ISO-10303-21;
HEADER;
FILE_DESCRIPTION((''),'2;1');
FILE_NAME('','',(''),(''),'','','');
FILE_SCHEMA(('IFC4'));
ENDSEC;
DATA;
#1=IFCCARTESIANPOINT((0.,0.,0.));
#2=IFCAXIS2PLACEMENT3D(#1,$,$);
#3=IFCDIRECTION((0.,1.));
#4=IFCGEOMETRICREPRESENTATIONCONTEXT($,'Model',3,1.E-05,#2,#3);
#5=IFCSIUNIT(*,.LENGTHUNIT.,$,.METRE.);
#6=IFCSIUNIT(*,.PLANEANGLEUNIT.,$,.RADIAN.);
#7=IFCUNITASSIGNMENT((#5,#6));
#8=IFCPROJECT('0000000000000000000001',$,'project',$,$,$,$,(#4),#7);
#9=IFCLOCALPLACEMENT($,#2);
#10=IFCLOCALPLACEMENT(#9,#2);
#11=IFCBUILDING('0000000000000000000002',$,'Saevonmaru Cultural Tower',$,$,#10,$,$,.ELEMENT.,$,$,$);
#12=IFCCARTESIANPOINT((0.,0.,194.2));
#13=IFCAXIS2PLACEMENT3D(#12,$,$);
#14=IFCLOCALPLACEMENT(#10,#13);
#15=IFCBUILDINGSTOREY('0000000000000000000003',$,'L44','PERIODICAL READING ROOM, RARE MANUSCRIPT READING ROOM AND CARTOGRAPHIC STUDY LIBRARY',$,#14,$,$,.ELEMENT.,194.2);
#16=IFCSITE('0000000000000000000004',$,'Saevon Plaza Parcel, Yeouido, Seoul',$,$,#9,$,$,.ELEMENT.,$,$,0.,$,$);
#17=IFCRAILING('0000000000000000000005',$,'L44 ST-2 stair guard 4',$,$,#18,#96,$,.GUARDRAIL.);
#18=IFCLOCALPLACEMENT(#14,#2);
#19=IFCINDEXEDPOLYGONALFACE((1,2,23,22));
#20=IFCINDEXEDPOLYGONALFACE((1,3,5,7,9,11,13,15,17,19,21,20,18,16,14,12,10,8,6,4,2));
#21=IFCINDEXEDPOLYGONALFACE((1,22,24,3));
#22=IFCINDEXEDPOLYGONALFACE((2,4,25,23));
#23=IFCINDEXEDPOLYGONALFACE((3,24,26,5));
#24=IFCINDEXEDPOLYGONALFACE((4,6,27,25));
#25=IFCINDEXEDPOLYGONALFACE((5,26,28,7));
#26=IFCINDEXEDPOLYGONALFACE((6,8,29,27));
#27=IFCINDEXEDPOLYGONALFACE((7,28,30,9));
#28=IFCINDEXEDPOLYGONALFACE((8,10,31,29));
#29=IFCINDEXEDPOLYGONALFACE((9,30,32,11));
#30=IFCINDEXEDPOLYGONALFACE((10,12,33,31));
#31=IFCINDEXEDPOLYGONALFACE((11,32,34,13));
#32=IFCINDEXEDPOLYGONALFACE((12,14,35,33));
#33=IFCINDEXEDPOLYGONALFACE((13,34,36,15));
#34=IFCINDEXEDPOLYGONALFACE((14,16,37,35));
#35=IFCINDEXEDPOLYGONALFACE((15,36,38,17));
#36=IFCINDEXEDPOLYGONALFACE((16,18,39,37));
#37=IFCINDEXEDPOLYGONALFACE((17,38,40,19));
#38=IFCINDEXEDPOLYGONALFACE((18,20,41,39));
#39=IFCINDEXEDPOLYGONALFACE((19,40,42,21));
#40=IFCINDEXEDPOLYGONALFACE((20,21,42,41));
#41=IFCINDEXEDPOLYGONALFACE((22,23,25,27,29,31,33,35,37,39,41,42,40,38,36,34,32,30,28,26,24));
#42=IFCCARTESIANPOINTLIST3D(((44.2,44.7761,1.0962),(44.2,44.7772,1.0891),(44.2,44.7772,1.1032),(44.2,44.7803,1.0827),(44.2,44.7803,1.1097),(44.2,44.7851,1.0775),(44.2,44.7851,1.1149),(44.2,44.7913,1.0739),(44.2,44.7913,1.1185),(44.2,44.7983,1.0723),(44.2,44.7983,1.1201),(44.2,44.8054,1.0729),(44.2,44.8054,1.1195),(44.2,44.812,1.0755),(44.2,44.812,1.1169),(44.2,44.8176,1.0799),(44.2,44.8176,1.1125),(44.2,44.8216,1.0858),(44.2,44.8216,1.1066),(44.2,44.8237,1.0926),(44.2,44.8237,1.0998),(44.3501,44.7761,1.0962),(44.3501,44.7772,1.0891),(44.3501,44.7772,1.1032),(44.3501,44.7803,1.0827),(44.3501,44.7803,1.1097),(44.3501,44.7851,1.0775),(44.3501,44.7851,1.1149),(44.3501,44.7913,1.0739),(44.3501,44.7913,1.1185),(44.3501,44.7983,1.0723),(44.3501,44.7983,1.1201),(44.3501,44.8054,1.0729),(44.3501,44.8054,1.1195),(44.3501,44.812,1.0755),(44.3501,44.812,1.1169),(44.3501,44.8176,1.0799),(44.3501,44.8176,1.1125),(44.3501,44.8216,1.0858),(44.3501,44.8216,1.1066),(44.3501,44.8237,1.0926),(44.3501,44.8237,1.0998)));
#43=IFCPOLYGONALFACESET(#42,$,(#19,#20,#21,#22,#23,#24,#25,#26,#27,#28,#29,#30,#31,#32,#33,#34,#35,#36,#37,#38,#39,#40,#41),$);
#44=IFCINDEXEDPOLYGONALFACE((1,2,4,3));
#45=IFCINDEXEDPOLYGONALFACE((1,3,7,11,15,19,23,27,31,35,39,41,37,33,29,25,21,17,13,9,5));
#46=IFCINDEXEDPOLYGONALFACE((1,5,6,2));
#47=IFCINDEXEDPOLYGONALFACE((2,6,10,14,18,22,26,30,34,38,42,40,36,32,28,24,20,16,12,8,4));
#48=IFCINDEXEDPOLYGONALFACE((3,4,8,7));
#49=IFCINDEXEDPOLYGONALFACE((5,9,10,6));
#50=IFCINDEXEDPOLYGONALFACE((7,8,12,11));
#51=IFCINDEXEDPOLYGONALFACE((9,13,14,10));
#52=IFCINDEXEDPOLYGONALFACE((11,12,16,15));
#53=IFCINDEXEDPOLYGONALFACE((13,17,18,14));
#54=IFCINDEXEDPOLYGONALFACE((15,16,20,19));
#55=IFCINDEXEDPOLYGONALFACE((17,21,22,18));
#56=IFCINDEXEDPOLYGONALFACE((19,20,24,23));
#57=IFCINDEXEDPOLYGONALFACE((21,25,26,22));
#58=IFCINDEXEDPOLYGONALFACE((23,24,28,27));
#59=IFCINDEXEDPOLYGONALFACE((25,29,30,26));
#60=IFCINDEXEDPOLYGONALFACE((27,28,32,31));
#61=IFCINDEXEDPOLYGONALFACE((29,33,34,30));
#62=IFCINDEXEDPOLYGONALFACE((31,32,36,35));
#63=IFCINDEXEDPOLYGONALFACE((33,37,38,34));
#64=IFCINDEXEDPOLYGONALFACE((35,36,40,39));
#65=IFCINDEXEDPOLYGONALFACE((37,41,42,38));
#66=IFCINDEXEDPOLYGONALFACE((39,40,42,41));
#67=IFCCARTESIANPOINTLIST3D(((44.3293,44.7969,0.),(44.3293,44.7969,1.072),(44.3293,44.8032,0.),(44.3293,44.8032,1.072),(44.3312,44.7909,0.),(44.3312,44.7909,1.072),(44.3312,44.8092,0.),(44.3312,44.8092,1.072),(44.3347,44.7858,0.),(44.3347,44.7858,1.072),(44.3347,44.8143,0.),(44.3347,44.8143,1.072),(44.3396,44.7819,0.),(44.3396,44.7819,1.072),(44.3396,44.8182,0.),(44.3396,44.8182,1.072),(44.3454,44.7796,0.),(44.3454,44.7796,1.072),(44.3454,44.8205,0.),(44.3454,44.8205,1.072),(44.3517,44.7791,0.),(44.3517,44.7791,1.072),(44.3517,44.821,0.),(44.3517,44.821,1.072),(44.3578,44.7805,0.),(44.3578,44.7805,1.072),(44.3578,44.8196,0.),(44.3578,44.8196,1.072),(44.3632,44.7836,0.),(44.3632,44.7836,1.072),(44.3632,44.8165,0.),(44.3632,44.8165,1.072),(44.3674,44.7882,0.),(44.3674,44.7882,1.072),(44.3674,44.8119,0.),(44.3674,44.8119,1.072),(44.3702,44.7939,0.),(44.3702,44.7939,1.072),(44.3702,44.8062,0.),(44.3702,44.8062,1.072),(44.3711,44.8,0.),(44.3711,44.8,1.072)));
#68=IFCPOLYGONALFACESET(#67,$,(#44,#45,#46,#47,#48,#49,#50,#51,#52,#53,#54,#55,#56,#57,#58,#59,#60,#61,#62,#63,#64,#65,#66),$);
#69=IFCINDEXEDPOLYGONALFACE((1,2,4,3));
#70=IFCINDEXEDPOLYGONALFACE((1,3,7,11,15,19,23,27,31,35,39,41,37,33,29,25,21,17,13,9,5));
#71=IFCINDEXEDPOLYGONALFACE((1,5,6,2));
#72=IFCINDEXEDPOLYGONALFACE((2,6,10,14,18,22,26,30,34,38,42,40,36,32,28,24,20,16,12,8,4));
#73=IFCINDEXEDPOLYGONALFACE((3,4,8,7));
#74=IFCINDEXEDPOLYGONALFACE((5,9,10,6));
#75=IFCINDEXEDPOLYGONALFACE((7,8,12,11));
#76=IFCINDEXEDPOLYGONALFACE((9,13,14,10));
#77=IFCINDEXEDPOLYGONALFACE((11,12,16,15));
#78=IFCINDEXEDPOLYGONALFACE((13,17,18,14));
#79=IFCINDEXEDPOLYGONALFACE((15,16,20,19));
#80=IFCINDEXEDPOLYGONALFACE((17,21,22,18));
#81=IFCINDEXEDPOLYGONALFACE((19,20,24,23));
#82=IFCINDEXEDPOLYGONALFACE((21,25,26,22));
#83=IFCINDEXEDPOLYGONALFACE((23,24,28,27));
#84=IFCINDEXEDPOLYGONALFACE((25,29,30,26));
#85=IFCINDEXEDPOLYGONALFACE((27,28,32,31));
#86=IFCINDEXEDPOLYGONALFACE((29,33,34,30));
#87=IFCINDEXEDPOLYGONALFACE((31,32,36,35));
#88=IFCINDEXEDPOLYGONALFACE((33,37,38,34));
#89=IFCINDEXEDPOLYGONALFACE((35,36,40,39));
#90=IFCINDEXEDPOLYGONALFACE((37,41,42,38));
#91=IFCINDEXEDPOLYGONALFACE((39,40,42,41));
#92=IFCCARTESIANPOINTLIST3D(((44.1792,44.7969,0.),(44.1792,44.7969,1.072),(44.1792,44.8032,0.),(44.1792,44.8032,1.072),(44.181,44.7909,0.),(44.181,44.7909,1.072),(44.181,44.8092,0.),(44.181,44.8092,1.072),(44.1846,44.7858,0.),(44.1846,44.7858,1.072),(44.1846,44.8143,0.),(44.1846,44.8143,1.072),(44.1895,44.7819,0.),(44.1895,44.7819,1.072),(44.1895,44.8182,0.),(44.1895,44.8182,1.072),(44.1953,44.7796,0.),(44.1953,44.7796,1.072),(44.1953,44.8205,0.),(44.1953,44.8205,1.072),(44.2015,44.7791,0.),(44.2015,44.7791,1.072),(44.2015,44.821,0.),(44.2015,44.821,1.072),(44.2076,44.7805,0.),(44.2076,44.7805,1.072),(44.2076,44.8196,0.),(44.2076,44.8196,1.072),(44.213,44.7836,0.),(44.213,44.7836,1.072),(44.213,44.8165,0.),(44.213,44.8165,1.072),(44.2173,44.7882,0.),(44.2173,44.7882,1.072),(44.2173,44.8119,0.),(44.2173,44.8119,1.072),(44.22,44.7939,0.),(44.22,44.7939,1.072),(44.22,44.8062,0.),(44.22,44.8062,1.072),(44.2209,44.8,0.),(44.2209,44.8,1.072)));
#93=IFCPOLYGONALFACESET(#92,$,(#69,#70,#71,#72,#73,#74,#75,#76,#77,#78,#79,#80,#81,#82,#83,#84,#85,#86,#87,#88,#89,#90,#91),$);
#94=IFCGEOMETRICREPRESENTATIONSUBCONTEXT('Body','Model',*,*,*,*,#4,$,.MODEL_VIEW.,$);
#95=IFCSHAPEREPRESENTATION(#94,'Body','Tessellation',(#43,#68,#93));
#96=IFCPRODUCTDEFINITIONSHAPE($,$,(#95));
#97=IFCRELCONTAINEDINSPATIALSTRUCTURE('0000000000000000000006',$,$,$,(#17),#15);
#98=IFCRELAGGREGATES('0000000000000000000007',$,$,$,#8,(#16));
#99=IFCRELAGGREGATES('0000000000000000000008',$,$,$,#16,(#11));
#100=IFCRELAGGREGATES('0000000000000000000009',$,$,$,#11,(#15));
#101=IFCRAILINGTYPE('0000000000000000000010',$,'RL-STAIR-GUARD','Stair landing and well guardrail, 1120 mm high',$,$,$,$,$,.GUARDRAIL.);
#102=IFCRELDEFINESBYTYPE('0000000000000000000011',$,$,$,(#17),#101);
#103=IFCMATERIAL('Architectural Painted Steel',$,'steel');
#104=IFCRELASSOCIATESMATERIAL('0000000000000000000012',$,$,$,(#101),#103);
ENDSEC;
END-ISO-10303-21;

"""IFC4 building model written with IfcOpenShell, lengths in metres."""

from ifc_helpers import new_model, si_unit, direction, frame, origin, origin_2d, place, context, subcontext, project, spatial, circle, extrude, material, type_object, element, save


model = new_model("IFC4")

# Units and contexts
model_context = context("Model", 3, precision=1e-05, world=origin(), true_north=direction((0.0, 1.0)))
body_context = subcontext(model_context, "Body", "Model", "MODEL_VIEW")
ifc_project = project(units=[si_unit("LENGTHUNIT", "METRE"), si_unit("PLANEANGLEUNIT", "RADIAN")], contexts=[model_context])

# Site, building, storey
site_placement = place(None, origin())
site = spatial("IfcSite", under=ifc_project, at=site_placement, Name="Saevon Plaza Parcel, Yeouido, Seoul", CompositionType="ELEMENT", RefElevation=0.0)
building_placement = place(site_placement, origin())
building = spatial("IfcBuilding", under=site, at=building_placement, Name="Saevonmaru Cultural Tower", CompositionType="ELEMENT")
storey_placement = place(building_placement, frame((0.0, 0.0, 194.2)))
storey = spatial("IfcBuildingStorey", under=building, at=storey_placement, Name="L44", Description="PERIODICAL READING ROOM, RARE MANUSCRIPT READING ROOM AND CARTOGRAPHIC STUDY LIBRARY", CompositionType="ELEMENT", Elevation=194.2)

# Railing
ifc_material_1 = material(Name="Architectural Painted Steel", Category="steel")
railing_type_1 = type_object("IfcRailingType", Name="RL-STAIR-GUARD", Description="Stair landing and well guardrail, 1120 mm high", PredefinedType="GUARDRAIL", material=ifc_material_1)
railing_1_placement = place(storey_placement, frame((44.3501, 44.8, 0.0)))
element("IfcRailing", 1, at=railing_1_placement, inside=storey, type_object=railing_type_1, Name="L44 ST-2 stair guard 4", PredefinedType="GUARDRAIL", context=body_context, shape_type="SweptSolid", body=[
    extrude(circle(Radius=0.0239, at=origin_2d()), frame((0.0, 0.0, 1.0962), z_axis=(-1.0, 0.0, 0.0), x_axis=(0.0, -1.0, 0.0)), (0.0, 0.0, 1.0), 0.1501),
    extrude(circle(Radius=0.021, at=origin_2d()), origin(), (0.0, 0.0, 1.0), 1.072),
    extrude(circle(Radius=0.021, at=origin_2d()), frame((-0.1501, 0.0, 0.0)), (0.0, 0.0, 1.0), 1.072),
])

save(model, "model.ifc")
